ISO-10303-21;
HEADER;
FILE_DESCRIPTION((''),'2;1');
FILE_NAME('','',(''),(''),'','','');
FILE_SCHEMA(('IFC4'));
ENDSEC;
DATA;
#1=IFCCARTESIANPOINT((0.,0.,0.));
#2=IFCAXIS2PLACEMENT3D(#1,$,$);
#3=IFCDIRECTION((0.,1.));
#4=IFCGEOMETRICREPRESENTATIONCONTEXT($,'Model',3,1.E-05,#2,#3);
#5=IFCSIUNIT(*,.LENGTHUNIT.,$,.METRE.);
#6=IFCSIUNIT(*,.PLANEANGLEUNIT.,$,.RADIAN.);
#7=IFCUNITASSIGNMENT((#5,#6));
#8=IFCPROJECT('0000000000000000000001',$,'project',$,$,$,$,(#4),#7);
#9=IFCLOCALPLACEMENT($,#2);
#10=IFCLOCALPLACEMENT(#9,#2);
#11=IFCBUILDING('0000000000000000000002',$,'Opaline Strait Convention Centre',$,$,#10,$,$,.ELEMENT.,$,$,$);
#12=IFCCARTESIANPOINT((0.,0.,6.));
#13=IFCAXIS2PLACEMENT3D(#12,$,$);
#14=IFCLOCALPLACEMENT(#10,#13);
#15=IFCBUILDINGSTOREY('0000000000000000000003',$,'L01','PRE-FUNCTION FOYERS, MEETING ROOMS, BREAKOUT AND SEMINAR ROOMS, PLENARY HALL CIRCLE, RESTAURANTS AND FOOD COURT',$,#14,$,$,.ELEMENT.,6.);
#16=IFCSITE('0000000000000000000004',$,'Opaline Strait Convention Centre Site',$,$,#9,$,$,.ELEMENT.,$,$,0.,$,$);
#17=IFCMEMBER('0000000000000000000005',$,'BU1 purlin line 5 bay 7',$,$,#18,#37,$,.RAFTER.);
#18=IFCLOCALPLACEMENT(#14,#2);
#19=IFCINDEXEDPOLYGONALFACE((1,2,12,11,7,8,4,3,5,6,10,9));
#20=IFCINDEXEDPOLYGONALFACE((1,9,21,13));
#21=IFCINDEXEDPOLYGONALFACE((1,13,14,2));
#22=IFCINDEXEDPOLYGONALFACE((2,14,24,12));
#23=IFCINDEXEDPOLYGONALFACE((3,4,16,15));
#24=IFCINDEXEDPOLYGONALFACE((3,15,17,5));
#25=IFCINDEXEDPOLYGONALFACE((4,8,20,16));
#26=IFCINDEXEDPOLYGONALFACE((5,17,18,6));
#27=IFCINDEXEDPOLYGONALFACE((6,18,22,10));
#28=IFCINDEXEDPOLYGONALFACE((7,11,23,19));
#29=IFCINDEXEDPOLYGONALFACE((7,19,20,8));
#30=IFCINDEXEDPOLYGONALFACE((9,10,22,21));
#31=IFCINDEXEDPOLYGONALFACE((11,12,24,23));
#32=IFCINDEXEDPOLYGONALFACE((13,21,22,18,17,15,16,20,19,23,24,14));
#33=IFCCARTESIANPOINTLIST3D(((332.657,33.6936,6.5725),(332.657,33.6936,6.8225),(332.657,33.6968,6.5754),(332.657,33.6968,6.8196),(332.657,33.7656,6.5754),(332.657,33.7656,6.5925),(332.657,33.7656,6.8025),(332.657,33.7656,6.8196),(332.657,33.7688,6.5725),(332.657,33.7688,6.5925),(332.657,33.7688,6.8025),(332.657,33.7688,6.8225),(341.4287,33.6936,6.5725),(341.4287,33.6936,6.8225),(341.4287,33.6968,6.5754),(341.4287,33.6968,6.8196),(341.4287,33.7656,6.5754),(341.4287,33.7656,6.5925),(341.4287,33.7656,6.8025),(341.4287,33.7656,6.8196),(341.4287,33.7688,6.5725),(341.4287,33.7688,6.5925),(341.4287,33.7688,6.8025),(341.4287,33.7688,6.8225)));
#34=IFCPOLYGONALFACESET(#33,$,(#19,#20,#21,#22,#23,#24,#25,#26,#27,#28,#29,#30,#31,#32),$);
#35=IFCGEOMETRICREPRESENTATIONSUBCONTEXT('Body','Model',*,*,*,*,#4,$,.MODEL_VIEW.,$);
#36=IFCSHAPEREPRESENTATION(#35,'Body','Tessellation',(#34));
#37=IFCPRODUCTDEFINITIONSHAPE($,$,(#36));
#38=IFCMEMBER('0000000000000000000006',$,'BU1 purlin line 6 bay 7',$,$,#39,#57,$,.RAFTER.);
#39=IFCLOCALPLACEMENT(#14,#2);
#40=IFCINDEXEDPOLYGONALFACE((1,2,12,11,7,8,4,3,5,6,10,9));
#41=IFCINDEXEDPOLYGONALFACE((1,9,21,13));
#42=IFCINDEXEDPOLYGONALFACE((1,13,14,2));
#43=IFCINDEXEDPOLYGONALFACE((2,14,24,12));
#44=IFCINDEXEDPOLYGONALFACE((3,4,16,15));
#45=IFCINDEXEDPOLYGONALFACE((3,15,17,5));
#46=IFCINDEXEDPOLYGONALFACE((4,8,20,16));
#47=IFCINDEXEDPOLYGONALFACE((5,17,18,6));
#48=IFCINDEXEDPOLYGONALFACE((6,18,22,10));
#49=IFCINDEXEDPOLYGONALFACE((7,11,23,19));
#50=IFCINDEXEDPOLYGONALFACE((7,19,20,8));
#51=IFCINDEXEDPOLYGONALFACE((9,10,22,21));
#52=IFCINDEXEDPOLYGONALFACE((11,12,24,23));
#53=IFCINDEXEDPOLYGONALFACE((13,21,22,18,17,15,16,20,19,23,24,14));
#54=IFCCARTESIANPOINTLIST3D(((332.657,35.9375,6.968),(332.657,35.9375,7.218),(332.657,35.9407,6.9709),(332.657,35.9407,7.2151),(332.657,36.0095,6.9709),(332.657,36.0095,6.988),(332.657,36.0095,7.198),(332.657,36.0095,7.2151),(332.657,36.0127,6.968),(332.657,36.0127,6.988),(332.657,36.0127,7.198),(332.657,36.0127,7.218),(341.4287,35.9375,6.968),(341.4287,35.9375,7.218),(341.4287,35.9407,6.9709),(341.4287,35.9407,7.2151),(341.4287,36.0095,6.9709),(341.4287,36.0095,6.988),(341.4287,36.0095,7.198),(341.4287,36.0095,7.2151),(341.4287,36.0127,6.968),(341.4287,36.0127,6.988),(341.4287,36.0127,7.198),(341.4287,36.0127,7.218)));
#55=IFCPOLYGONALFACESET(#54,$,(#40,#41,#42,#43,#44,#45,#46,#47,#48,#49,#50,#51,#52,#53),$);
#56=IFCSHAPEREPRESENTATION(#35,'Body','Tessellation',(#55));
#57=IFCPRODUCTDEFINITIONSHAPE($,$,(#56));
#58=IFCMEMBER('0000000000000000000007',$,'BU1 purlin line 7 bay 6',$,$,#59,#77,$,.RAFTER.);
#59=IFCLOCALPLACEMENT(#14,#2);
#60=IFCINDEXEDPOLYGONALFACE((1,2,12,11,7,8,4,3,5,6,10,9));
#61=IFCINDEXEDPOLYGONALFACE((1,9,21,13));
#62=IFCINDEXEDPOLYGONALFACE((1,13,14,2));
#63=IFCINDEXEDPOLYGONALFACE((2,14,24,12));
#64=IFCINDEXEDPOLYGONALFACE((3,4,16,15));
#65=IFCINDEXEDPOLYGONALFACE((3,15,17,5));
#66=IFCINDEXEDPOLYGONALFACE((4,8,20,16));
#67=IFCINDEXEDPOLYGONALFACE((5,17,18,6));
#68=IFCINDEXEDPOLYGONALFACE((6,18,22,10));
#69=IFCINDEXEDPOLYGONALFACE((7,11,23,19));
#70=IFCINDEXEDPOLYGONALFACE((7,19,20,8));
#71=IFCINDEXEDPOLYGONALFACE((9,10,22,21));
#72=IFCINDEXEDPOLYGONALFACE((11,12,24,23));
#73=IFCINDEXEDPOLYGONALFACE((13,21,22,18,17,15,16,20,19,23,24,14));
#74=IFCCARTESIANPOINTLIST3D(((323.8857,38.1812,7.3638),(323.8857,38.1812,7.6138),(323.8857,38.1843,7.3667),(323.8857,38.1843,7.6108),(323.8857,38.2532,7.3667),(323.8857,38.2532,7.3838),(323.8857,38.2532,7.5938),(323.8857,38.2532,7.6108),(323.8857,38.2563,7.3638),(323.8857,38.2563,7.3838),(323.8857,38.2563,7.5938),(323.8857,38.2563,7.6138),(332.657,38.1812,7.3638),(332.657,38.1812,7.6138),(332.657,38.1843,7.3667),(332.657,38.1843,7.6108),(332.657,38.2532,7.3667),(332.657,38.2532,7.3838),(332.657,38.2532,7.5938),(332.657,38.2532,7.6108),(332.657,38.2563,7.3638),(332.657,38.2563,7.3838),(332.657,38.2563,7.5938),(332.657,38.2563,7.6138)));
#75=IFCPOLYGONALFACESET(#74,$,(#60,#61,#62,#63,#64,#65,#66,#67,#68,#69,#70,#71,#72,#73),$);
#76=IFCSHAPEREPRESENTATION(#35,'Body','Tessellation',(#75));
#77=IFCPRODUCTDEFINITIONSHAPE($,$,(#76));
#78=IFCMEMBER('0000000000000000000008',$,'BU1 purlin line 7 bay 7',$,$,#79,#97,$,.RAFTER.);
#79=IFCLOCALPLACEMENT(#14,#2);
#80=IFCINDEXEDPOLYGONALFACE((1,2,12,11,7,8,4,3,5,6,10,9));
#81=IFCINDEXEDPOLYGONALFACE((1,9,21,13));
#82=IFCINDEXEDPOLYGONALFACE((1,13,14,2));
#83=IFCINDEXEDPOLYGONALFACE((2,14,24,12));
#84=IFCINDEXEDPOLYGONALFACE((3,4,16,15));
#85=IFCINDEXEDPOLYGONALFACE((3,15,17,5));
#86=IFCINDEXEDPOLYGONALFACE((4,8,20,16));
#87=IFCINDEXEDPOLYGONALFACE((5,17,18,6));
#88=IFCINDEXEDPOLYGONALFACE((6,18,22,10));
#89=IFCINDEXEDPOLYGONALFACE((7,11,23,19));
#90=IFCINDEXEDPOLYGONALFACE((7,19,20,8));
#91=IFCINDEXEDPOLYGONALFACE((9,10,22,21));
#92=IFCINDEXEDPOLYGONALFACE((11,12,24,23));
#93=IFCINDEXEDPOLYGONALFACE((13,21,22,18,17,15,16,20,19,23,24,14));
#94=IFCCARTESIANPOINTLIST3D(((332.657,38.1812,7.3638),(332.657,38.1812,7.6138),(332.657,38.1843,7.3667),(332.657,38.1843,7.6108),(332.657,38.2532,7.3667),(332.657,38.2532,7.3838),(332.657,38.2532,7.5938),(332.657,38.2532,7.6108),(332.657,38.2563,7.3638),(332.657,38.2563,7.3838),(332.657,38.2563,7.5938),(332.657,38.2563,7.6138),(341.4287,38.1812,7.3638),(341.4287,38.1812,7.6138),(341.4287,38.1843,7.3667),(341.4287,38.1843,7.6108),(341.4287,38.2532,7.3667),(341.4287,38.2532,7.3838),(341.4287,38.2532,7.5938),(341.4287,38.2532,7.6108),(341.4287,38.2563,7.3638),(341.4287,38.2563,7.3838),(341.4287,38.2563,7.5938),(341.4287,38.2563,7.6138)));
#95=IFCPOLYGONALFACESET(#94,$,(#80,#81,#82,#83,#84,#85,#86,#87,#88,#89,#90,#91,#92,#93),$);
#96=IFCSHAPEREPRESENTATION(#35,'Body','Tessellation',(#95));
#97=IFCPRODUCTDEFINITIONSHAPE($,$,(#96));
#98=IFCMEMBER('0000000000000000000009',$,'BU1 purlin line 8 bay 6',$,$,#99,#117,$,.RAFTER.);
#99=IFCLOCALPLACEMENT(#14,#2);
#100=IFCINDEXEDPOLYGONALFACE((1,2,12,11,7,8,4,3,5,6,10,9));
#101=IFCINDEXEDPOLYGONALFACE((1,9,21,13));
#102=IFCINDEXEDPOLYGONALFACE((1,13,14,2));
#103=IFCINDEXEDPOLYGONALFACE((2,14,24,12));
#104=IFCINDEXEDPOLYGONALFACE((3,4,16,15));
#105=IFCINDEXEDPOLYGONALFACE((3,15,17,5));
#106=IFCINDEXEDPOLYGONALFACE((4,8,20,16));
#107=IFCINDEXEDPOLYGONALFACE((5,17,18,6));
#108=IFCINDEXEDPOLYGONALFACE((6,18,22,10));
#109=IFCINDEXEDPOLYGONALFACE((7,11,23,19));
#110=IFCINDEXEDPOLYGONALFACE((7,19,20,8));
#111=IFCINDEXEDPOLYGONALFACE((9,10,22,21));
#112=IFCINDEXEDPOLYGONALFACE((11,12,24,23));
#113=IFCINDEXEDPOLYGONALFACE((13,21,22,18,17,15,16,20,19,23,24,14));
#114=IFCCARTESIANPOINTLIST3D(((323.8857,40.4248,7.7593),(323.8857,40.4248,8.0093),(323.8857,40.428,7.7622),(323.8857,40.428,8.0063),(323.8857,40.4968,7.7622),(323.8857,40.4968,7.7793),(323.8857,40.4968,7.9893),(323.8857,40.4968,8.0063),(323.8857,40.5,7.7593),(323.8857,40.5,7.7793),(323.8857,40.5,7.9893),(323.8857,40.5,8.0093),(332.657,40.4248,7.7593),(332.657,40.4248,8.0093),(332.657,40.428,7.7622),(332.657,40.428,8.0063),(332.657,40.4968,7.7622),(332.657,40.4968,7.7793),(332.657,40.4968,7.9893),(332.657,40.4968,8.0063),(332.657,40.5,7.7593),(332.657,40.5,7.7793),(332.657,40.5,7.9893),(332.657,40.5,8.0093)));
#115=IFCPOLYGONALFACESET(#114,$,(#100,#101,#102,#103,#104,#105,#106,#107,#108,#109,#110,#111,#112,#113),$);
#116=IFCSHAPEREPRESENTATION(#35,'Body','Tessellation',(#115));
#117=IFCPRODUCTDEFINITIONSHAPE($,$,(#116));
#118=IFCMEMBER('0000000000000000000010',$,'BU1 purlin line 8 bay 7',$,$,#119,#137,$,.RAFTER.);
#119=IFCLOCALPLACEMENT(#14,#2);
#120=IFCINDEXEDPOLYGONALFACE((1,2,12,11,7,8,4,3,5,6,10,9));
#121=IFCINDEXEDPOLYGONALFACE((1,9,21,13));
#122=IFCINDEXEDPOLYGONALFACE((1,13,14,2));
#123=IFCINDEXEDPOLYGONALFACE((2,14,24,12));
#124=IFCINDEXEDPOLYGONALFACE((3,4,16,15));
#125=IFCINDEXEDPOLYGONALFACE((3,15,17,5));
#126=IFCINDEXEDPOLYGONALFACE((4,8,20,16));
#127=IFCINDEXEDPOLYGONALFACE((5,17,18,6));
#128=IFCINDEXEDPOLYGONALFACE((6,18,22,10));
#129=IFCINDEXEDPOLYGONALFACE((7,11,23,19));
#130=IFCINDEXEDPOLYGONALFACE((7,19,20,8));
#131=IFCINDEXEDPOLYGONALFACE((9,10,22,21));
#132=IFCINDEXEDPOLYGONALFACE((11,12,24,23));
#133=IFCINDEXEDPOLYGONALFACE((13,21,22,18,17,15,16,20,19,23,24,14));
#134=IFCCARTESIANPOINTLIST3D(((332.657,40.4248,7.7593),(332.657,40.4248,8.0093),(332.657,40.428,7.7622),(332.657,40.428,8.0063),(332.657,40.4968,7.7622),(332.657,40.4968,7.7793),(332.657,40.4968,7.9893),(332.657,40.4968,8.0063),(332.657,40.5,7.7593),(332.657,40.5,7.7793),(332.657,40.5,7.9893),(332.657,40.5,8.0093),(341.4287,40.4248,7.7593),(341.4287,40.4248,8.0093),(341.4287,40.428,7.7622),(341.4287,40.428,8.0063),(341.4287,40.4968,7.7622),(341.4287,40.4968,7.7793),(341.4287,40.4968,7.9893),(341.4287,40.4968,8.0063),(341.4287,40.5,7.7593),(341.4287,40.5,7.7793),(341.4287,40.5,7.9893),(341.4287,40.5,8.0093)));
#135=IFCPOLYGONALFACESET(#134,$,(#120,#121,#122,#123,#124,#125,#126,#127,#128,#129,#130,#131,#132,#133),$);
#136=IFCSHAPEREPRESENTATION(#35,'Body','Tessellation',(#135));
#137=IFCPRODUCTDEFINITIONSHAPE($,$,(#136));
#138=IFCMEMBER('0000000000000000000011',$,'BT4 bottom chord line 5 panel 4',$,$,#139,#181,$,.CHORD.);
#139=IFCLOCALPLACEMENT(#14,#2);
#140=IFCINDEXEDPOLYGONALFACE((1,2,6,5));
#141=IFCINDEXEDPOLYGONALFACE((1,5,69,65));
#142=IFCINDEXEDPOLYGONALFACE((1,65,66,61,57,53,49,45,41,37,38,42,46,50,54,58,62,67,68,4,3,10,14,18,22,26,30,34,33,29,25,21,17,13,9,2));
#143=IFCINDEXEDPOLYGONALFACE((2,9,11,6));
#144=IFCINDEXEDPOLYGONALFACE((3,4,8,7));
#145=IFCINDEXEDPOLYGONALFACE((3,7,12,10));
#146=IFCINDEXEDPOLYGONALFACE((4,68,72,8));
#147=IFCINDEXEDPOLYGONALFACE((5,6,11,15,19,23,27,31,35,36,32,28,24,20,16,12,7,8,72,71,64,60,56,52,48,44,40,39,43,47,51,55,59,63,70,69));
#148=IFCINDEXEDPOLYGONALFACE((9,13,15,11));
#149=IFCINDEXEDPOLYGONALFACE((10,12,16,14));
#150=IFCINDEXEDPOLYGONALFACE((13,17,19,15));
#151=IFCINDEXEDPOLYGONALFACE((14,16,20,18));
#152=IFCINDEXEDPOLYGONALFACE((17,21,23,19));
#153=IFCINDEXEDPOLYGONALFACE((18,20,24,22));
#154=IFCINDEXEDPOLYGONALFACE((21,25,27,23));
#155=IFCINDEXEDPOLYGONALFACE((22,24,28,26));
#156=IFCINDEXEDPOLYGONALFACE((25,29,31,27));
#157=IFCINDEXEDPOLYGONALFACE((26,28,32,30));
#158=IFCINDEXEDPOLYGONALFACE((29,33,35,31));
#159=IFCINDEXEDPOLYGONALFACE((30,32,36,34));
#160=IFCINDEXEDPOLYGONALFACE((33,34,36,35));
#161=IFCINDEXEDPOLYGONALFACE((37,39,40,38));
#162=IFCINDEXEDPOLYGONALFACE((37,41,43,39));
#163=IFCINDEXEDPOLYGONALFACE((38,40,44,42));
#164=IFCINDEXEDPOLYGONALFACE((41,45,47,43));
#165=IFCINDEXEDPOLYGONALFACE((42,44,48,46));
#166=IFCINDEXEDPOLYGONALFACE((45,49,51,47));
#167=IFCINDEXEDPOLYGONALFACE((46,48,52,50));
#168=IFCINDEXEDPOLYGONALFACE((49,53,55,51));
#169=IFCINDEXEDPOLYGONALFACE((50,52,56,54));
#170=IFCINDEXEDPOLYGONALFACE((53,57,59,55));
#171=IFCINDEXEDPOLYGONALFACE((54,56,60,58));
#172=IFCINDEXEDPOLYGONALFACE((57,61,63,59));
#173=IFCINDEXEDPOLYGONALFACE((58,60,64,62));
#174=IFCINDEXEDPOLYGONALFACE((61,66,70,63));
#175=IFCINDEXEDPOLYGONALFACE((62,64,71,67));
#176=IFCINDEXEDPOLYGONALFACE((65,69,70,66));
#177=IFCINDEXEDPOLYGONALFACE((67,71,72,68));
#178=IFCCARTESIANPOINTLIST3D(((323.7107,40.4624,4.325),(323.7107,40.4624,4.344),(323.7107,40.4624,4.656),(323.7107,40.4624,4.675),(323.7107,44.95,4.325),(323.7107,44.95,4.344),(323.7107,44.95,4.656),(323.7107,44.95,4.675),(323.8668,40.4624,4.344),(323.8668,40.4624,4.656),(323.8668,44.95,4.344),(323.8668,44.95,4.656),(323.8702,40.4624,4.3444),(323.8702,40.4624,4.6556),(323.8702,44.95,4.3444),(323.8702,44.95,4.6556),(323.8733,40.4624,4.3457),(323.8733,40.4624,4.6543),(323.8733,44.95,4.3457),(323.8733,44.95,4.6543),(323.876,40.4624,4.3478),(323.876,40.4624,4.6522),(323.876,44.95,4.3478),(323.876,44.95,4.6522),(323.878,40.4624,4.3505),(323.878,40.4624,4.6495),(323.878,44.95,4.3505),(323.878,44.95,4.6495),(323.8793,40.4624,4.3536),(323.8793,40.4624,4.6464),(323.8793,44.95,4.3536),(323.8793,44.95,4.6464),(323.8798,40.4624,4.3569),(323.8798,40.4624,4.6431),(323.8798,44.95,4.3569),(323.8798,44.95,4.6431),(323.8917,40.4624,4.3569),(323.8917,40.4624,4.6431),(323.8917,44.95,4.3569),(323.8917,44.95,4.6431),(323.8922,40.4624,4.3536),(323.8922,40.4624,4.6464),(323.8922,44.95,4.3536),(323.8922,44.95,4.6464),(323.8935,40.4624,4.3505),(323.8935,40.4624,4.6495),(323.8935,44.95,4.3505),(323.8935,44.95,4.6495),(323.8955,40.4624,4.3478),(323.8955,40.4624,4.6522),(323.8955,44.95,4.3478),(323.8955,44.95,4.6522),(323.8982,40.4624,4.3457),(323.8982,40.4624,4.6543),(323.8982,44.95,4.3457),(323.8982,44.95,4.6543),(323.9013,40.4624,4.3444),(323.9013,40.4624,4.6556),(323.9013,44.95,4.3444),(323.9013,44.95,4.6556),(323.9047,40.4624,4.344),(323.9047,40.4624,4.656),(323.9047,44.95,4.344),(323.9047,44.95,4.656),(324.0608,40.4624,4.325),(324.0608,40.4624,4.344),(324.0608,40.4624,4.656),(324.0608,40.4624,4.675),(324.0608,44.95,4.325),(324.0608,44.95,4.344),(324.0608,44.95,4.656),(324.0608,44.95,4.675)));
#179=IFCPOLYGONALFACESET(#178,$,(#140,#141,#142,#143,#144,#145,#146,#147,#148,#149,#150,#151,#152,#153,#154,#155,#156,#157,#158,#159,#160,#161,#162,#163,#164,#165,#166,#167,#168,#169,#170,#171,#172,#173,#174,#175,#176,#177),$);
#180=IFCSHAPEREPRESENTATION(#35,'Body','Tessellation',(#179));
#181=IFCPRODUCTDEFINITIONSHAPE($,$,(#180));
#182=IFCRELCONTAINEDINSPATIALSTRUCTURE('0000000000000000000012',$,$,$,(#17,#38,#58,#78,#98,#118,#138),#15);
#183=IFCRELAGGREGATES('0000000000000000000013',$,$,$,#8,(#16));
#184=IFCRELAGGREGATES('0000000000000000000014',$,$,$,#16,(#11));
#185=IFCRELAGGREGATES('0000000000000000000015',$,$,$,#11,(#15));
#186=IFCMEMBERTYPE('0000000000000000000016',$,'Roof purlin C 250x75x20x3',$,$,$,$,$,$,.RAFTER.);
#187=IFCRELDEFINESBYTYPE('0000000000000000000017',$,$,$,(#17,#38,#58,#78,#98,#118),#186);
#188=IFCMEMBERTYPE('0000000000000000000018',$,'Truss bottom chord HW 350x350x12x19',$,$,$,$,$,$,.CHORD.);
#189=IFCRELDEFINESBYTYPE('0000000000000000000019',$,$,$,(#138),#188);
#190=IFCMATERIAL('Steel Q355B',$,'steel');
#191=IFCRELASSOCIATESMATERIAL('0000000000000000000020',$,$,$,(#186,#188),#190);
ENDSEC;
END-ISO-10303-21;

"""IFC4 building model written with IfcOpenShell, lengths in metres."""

from ifc_helpers import new_model, si_unit, direction, frame, origin, origin_2d, place, context, subcontext, project, spatial, polyline, i_section, outline, extrude, material, material_profile, profile_set, type_object, element, save


model = new_model("IFC4")

# Units and contexts
model_context = context("Model", 3, precision=1e-05, world=origin(), true_north=direction((0.0, 1.0)))
body_context = subcontext(model_context, "Body", "Model", "MODEL_VIEW")
ifc_project = project(units=[si_unit("LENGTHUNIT", "METRE"), si_unit("PLANEANGLEUNIT", "RADIAN")], contexts=[model_context])

# Site, building, storey
site_placement = place(None, origin())
site = spatial("IfcSite", under=ifc_project, at=site_placement, Name="Opaline Strait Convention Centre Site", CompositionType="ELEMENT", RefElevation=0.0)
building_placement = place(site_placement, origin())
building = spatial("IfcBuilding", under=site, at=building_placement, Name="Opaline Strait Convention Centre", CompositionType="ELEMENT")
storey_placement = place(building_placement, frame((0.0, 0.0, 6.0)))
storey = spatial("IfcBuildingStorey", under=building, at=storey_placement, Name="L01", Description="PRE-FUNCTION FOYERS, MEETING ROOMS, BREAKOUT AND SEMINAR ROOMS, PLENARY HALL CIRCLE, RESTAURANTS AND FOOD COURT", CompositionType="ELEMENT", Elevation=6.0)

# Members
ifc_material_1 = material(Name="Steel Q355B", Category="steel")
ifc_material_profile_1 = material_profile(ifc_material_1, outline(polyline([(-0.0376, -0.125), (0.0376, -0.125), (0.0376, -0.105), (0.0344, -0.105), (0.0344, -0.1221), (-0.0344, -0.1221), (-0.0344, 0.1221), (0.0344, 0.1221), (0.0344, 0.105), (0.0376, 0.105), (0.0376, 0.125), (-0.0376, 0.125), (-0.0376, -0.125)])), Name="C 250x75x20x3")
ifc_profile_set_1 = profile_set([ifc_material_profile_1], Name="Steel Q355B")
member_type_1 = type_object("IfcMemberType", Name="Roof purlin C 250x75x20x3", PredefinedType="RAFTER", material=ifc_profile_set_1)
for number, where, z_axis, x_axis, name in (
    (1, (332.657, 33.7312, 6.6975), (1.0, 0.0, 0.0), (0.0, 1.0, 0.0), "BU1 purlin line 5 bay 7"),
    (2, (332.657, 35.9751, 7.093), (1.0, 0.0, 0.0), (0.0, 1.0, 0.0), "BU1 purlin line 6 bay 7"),
):
    element("IfcMember", number, at=place(storey_placement, frame(where, z_axis=z_axis, x_axis=x_axis)), inside=storey, type_object=member_type_1, Name=name, PredefinedType="RAFTER", context=body_context, shape_type="SweptSolid", body=[
        extrude(outline(polyline([(-0.0376, -0.125), (0.0376, -0.125), (0.0376, -0.105), (0.0344, -0.105), (0.0344, -0.1221), (-0.0344, -0.1221), (-0.0344, 0.1221), (0.0344, 0.1221), (0.0344, 0.105), (0.0376, 0.105), (0.0376, 0.125), (-0.0376, 0.125), (-0.0376, -0.125)])), origin(), (0.0, 0.0, 1.0), 8.7717),
    ])
member_1_placement = place(storey_placement, frame((323.8857, 38.2188, 7.4888), z_axis=(1.0, 0.0, 0.0), x_axis=(0.0, 1.0, 0.0)))
element("IfcMember", 3, at=member_1_placement, inside=storey, type_object=member_type_1, Name="BU1 purlin line 7 bay 6", PredefinedType="RAFTER", context=body_context, shape_type="SweptSolid", body=[
    extrude(outline(polyline([(-0.0376, -0.125), (0.0376, -0.125), (0.0376, -0.105), (0.0344, -0.105), (0.0344, -0.1221), (-0.0344, -0.1221), (-0.0344, 0.1221), (0.0344, 0.1221), (0.0344, 0.105), (0.0376, 0.105), (0.0376, 0.125), (-0.0376, 0.125), (-0.0376, -0.125)])), origin(), (0.0, 0.0, 1.0), 8.7712),
])
member_2_placement = place(storey_placement, frame((332.657, 38.2188, 7.4888), z_axis=(1.0, 0.0, 0.0), x_axis=(0.0, 1.0, 0.0)))
element("IfcMember", 4, at=member_2_placement, inside=storey, type_object=member_type_1, Name="BU1 purlin line 7 bay 7", PredefinedType="RAFTER", context=body_context, shape_type="SweptSolid", body=[
    extrude(outline(polyline([(-0.0376, -0.125), (0.0376, -0.125), (0.0376, -0.105), (0.0344, -0.105), (0.0344, -0.1221), (-0.0344, -0.1221), (-0.0344, 0.1221), (0.0344, 0.1221), (0.0344, 0.105), (0.0376, 0.105), (0.0376, 0.125), (-0.0376, 0.125), (-0.0376, -0.125)])), origin(), (0.0, 0.0, 1.0), 8.7717),
])
member_3_placement = place(storey_placement, frame((323.8857, 40.4624, 7.8843), z_axis=(1.0, 0.0, 0.0), x_axis=(0.0, 1.0, 0.0)))
element("IfcMember", 5, at=member_3_placement, inside=storey, type_object=member_type_1, Name="BU1 purlin line 8 bay 6", PredefinedType="RAFTER", context=body_context, shape_type="SweptSolid", body=[
    extrude(outline(polyline([(-0.0376, -0.125), (0.0376, -0.125), (0.0376, -0.105), (0.0344, -0.105), (0.0344, -0.1221), (-0.0344, -0.1221), (-0.0344, 0.1221), (0.0344, 0.1221), (0.0344, 0.105), (0.0376, 0.105), (0.0376, 0.125), (-0.0376, 0.125), (-0.0376, -0.125)])), origin(), (0.0, 0.0, 1.0), 8.7712),
])
member_4_placement = place(storey_placement, frame((332.657, 40.4624, 7.8843), z_axis=(1.0, 0.0, 0.0), x_axis=(0.0, 1.0, 0.0)))
element("IfcMember", 6, at=member_4_placement, inside=storey, type_object=member_type_1, Name="BU1 purlin line 8 bay 7", PredefinedType="RAFTER", context=body_context, shape_type="SweptSolid", body=[
    extrude(outline(polyline([(-0.0376, -0.125), (0.0376, -0.125), (0.0376, -0.105), (0.0344, -0.105), (0.0344, -0.1221), (-0.0344, -0.1221), (-0.0344, 0.1221), (0.0344, 0.1221), (0.0344, 0.105), (0.0376, 0.105), (0.0376, 0.125), (-0.0376, 0.125), (-0.0376, -0.125)])), origin(), (0.0, 0.0, 1.0), 8.7717),
])
ifc_material_profile_2 = material_profile(ifc_material_1, i_section(OverallWidth=0.3501, OverallDepth=0.3501, WebThickness=0.012, FlangeThickness=0.019, FilletRadius=0.0129, at=origin_2d()), Name="HW 350x350x12x19")
ifc_profile_set_2 = profile_set([ifc_material_profile_2], Name="Steel Q355B")
member_type_2 = type_object("IfcMemberType", Name="Truss bottom chord HW 350x350x12x19", PredefinedType="CHORD", material=ifc_profile_set_2)
member_5_placement = place(storey_placement, frame((323.8857, 40.4624, 4.5), z_axis=(0.0, 1.0, 0.0), x_axis=(-1.0, 0.0, 0.0)))
element("IfcMember", 7, at=member_5_placement, inside=storey, type_object=member_type_2, Name="BT4 bottom chord line 5 panel 4", PredefinedType="CHORD", context=body_context, shape_type="SweptSolid", body=[
    extrude(i_section(OverallWidth=0.3501, OverallDepth=0.3501, WebThickness=0.012, FlangeThickness=0.019, FilletRadius=0.0129, at=origin_2d()), origin(), (0.0, 0.0, 1.0), 4.4875),
])

save(model, "model.ifc")
